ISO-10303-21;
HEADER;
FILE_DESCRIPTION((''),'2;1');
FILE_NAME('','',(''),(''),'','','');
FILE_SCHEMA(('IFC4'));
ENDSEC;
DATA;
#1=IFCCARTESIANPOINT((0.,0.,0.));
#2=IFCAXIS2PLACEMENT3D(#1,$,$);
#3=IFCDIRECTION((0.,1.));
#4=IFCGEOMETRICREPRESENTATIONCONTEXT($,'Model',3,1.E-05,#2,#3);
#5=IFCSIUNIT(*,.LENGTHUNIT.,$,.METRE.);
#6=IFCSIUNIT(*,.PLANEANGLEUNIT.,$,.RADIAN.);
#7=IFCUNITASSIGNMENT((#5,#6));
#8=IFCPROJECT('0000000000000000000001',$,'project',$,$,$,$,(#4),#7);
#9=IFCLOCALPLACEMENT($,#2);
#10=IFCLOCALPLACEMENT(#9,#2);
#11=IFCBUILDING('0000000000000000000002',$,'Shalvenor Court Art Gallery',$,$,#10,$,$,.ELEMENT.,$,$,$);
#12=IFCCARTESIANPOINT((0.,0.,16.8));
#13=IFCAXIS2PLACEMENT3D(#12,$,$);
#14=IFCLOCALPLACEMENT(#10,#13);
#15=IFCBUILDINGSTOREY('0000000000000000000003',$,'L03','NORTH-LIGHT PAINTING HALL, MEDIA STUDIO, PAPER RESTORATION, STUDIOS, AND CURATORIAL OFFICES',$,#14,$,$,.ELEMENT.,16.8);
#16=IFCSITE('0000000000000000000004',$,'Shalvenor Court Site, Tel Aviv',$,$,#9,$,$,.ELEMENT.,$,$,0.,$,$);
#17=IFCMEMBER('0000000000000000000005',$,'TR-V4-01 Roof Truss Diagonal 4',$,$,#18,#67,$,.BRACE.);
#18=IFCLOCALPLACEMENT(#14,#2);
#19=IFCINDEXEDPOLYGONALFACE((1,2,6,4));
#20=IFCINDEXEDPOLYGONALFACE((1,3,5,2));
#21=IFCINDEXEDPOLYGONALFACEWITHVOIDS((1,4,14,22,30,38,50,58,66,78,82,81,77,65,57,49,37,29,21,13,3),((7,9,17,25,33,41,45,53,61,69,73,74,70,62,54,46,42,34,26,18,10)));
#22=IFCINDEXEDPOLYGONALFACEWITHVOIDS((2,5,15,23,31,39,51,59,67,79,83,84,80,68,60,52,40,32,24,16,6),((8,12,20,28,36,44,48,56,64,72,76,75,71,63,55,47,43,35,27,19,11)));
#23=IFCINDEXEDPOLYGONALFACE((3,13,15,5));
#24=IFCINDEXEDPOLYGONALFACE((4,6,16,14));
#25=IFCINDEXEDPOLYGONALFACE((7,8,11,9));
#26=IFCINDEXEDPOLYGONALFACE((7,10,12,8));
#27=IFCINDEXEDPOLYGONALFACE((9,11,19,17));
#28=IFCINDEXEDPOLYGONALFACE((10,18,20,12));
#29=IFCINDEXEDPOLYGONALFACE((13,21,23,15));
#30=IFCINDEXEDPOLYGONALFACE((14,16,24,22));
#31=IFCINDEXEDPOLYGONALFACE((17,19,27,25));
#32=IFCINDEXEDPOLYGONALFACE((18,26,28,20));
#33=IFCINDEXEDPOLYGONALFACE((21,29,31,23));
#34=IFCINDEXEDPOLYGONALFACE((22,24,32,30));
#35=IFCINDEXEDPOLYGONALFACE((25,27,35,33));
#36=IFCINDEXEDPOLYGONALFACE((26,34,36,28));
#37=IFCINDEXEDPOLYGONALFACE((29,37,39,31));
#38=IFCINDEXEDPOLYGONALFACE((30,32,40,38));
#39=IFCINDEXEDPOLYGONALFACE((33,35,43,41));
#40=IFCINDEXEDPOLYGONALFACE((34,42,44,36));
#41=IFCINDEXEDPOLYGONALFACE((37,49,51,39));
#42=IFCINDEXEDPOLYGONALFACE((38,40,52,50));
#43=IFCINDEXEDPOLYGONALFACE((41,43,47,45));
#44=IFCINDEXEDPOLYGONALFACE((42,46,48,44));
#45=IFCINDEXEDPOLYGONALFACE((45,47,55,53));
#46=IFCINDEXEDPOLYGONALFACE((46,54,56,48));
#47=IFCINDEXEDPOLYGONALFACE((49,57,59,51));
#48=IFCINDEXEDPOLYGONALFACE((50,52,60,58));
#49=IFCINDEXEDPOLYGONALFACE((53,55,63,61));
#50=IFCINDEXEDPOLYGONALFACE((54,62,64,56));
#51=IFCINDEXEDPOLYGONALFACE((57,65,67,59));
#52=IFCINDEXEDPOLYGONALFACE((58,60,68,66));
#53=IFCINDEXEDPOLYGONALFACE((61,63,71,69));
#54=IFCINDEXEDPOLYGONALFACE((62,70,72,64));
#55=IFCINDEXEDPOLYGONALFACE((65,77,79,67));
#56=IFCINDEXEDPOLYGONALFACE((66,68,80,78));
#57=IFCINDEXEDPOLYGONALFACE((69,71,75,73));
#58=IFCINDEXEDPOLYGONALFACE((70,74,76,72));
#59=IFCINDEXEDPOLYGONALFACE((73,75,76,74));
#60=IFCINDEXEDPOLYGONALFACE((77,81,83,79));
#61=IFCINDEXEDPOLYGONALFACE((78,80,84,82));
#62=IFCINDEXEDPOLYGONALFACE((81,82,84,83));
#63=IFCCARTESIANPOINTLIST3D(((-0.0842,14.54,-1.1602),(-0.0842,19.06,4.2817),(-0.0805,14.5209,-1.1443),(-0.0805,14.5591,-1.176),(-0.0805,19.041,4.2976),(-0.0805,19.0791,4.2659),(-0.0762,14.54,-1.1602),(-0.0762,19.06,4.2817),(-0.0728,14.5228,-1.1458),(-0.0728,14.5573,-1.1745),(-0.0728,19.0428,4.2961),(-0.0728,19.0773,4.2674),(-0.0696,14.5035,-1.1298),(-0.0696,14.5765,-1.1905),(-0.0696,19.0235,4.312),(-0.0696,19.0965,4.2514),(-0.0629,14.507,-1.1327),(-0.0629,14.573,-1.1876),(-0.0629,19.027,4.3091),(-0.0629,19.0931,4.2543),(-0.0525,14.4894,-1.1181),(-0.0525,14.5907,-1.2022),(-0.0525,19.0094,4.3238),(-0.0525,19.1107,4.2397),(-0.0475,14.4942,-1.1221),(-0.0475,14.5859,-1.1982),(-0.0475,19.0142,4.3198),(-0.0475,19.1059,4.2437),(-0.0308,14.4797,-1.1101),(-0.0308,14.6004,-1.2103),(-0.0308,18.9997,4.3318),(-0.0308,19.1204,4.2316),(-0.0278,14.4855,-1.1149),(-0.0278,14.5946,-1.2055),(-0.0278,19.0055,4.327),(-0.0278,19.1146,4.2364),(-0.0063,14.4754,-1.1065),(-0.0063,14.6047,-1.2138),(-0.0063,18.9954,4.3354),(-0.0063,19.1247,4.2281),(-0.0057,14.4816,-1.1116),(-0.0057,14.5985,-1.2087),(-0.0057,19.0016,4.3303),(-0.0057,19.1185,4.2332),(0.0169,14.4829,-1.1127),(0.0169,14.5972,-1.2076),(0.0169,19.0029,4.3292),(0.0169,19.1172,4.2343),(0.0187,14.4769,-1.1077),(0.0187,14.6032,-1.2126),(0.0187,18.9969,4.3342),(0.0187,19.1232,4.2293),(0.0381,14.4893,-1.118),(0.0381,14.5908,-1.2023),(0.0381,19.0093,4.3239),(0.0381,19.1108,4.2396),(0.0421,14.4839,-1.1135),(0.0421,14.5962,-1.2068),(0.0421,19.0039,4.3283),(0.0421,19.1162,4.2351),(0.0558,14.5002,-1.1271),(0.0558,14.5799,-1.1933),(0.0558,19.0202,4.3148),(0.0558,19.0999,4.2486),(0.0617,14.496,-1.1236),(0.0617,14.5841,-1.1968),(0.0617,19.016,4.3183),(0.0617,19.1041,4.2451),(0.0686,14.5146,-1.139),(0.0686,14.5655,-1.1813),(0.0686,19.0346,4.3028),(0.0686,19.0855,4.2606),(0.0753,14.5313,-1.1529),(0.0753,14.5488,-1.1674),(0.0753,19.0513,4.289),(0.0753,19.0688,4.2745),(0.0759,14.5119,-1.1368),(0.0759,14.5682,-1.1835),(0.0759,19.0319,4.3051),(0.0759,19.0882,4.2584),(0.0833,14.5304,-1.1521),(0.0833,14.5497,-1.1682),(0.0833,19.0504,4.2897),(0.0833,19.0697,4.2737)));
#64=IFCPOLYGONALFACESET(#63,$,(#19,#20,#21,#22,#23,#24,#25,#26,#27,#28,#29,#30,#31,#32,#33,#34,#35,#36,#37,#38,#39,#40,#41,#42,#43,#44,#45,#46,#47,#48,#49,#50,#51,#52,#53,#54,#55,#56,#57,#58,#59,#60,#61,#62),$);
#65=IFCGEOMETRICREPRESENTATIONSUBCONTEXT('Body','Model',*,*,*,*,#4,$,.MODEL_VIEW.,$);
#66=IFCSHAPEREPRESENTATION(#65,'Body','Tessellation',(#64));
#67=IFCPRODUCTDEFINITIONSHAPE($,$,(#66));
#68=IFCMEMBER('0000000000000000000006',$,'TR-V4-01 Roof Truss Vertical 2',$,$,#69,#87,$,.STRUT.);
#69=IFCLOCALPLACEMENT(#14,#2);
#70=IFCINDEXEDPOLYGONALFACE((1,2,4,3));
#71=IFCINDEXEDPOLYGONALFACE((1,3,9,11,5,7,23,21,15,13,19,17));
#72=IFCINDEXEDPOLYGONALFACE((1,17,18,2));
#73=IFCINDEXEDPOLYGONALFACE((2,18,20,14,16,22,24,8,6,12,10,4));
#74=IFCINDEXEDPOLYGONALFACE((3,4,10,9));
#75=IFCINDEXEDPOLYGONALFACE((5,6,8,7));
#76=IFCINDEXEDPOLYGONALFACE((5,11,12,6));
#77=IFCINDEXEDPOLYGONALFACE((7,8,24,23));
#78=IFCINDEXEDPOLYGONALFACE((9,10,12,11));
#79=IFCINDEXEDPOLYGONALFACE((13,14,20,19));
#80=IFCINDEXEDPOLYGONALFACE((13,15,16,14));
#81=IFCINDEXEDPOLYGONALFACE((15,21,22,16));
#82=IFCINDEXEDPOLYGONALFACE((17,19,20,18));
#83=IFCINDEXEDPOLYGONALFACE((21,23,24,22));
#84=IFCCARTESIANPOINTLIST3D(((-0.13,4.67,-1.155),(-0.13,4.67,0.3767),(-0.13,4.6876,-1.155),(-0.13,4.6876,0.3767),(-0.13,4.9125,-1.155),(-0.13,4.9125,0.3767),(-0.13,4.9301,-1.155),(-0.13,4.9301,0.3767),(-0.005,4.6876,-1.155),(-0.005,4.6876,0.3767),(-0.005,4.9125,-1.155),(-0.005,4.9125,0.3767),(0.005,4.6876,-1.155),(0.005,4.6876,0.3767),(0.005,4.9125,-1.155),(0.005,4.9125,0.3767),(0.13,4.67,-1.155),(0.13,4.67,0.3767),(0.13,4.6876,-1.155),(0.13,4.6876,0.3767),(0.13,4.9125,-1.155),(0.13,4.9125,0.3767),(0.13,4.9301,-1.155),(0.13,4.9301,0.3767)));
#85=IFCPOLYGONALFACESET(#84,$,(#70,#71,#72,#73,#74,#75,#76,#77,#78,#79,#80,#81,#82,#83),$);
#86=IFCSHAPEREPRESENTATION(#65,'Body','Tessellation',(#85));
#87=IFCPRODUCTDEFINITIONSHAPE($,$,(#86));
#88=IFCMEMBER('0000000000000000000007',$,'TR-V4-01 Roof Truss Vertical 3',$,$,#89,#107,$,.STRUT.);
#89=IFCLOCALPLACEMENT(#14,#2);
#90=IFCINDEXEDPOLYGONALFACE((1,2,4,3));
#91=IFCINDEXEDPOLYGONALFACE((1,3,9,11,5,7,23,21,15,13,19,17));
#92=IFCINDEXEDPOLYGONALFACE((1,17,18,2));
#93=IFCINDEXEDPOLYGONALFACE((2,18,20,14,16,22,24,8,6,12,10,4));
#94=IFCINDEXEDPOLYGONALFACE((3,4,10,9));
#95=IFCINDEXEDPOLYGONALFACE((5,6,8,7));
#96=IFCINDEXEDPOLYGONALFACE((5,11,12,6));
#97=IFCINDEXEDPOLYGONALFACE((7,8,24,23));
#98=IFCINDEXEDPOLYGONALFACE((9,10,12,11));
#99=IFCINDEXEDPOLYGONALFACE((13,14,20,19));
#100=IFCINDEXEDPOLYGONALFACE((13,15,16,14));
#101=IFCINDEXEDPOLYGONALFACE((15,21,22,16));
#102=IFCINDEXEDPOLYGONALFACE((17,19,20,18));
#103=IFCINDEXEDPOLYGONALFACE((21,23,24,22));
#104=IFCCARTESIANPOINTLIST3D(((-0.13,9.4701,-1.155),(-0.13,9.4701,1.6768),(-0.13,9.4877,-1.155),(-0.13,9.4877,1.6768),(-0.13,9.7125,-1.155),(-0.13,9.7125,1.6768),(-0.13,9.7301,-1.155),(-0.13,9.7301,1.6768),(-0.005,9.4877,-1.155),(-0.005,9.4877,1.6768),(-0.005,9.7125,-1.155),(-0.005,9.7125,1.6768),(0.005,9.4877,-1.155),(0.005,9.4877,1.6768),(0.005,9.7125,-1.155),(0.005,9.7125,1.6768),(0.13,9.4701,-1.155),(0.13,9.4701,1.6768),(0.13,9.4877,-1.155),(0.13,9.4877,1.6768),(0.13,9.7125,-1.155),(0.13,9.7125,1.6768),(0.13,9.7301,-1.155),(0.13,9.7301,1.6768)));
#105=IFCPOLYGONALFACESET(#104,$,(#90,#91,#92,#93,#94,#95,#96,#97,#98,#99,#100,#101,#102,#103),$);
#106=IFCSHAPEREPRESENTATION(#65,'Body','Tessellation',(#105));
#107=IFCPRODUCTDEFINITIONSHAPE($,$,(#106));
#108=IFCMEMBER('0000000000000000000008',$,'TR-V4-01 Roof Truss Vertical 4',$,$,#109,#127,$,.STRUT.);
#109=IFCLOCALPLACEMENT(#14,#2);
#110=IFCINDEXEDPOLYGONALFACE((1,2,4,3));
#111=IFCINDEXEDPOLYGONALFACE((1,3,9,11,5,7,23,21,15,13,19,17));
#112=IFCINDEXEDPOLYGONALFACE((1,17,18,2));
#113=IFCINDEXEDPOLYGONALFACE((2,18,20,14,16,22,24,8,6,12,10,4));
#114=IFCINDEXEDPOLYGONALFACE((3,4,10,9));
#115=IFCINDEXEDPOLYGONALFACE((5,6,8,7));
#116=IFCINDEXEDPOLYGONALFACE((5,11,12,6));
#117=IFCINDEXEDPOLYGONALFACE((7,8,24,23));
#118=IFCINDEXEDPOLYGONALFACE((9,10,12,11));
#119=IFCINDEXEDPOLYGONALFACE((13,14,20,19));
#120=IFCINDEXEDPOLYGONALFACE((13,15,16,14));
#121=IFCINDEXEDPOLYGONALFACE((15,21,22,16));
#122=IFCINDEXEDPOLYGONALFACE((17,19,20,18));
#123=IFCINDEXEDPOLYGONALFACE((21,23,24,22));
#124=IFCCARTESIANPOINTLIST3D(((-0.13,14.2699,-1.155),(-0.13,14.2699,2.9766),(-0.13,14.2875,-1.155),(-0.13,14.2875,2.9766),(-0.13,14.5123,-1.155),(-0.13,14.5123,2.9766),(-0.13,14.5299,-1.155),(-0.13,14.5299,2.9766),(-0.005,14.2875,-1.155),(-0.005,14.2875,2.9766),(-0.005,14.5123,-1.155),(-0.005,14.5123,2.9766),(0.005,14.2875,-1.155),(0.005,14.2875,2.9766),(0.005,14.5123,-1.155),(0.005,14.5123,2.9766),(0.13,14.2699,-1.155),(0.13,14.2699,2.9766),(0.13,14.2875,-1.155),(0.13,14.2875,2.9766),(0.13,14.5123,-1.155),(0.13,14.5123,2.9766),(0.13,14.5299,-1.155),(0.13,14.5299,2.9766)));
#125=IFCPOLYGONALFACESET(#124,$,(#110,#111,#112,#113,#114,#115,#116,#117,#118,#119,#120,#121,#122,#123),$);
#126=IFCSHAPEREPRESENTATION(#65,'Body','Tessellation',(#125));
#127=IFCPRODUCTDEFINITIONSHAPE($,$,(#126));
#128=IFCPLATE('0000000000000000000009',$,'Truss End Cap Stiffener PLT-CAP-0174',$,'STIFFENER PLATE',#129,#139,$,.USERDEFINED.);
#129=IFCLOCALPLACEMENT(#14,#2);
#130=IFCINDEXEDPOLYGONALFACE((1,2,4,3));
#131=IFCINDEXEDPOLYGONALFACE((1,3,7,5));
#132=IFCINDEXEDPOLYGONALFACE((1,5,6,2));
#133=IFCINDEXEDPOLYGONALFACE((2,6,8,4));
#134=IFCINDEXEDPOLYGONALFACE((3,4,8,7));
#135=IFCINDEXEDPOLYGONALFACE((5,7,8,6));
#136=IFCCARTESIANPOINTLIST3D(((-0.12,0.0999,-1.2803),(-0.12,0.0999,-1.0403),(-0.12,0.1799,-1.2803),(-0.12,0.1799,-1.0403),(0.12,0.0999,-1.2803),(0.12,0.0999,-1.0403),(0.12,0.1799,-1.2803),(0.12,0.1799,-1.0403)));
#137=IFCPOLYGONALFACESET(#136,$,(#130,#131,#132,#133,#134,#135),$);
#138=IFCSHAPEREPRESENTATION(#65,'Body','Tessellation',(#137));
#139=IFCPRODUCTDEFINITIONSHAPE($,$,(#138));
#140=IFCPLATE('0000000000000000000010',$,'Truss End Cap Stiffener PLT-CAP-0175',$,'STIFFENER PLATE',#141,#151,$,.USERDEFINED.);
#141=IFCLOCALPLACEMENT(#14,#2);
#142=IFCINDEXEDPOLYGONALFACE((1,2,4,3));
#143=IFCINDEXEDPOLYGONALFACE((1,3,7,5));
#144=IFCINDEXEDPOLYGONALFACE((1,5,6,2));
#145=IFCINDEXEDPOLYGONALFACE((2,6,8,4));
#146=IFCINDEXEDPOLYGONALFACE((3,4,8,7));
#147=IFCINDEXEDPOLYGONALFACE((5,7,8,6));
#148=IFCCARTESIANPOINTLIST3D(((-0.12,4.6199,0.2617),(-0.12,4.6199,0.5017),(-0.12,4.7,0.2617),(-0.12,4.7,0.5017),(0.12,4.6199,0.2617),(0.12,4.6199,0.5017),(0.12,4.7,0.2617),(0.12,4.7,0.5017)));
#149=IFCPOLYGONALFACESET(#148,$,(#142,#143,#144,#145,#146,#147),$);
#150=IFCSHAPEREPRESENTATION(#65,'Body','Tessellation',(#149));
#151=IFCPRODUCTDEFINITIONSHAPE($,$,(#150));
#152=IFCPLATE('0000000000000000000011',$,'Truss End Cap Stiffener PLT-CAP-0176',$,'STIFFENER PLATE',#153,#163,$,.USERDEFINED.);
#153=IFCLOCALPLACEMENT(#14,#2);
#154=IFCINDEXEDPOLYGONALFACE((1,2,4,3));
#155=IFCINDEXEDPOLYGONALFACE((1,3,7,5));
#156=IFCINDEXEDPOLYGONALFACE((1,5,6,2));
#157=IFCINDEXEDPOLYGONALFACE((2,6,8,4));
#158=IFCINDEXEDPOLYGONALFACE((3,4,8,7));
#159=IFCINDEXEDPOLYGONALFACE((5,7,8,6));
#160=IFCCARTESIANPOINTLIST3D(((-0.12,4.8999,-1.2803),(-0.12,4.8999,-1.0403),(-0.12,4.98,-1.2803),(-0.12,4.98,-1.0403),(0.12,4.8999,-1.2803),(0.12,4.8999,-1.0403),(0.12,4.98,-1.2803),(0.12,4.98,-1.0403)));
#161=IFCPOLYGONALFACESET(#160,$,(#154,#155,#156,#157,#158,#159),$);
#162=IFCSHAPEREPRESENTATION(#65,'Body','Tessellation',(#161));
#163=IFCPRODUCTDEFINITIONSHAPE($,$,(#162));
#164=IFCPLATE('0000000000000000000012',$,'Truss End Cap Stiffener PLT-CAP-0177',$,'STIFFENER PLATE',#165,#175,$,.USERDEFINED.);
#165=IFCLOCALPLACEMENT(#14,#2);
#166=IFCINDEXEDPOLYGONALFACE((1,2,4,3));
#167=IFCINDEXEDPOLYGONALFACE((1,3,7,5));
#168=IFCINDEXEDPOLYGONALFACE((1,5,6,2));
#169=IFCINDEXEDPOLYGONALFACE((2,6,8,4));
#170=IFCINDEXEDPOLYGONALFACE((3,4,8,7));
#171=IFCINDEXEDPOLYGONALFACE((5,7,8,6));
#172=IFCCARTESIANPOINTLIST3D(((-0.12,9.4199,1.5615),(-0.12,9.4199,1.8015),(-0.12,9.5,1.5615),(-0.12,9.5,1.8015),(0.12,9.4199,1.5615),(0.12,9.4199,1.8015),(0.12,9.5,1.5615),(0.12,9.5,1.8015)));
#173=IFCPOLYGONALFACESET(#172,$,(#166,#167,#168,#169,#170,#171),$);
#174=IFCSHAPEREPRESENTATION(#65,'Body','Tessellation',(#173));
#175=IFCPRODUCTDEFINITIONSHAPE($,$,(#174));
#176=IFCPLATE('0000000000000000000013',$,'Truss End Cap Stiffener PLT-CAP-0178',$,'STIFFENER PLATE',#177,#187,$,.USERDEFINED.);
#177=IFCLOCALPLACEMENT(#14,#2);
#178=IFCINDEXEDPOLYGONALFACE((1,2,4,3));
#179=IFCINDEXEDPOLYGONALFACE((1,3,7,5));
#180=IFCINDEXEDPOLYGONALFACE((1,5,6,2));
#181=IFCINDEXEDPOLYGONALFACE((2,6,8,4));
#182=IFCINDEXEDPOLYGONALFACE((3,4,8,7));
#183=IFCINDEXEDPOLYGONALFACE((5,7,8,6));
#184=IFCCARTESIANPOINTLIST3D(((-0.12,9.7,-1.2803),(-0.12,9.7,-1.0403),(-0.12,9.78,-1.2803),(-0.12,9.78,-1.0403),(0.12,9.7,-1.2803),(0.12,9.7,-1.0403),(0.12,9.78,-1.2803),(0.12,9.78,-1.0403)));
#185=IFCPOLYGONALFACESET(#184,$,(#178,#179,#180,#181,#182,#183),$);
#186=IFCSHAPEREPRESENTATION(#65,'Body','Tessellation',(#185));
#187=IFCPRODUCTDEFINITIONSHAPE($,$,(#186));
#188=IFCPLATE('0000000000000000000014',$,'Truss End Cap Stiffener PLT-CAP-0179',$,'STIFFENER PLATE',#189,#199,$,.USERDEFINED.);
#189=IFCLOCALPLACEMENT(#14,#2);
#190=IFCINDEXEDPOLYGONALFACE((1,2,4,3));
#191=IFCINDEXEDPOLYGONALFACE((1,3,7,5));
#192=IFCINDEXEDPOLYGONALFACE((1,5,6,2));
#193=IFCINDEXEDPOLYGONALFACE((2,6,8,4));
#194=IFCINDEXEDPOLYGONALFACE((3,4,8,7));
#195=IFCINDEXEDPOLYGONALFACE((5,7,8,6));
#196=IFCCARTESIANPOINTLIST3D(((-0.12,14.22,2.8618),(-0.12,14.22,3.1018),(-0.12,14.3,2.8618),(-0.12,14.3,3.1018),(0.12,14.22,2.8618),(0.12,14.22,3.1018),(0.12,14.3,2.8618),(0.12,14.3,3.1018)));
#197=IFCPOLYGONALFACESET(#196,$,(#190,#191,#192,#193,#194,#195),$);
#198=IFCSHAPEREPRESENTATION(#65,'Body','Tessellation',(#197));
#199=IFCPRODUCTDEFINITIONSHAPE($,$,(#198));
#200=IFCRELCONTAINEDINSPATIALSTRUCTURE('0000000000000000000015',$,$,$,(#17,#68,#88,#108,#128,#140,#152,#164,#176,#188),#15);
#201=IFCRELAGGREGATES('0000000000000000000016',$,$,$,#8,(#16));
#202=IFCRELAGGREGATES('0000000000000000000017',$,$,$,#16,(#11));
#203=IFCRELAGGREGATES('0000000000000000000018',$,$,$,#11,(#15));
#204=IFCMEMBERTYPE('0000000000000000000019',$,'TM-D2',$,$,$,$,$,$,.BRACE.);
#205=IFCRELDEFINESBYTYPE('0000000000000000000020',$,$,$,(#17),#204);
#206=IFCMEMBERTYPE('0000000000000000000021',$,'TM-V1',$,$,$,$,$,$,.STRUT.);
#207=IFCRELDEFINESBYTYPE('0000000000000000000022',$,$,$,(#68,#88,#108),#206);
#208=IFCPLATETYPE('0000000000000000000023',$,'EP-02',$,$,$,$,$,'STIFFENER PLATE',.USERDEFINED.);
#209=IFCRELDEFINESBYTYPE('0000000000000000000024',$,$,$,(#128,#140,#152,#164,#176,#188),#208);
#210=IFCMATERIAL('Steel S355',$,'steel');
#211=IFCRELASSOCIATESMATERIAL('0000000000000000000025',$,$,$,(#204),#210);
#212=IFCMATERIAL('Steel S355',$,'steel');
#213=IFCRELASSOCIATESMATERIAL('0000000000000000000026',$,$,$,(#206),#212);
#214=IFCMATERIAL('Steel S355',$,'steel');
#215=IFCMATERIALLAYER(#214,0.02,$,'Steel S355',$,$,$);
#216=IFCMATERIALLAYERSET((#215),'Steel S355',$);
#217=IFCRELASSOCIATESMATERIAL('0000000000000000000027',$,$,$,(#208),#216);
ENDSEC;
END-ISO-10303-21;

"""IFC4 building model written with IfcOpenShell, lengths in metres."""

from ifc_helpers import new_model, si_unit, direction, frame, origin, origin_2d, place, context, subcontext, project, spatial, rectangle, hollow_circle, i_section, extrude, material, layer, layer_set, material_profile, profile_set, type_object, element, save


model = new_model("IFC4")

# Units and contexts
model_context = context("Model", 3, precision=1e-05, world=origin(), true_north=direction((0.0, 1.0)))
body_context = subcontext(model_context, "Body", "Model", "MODEL_VIEW")
ifc_project = project(units=[si_unit("LENGTHUNIT", "METRE"), si_unit("PLANEANGLEUNIT", "RADIAN")], contexts=[model_context])

# Site, building, storey
site_placement = place(None, origin())
site = spatial("IfcSite", under=ifc_project, at=site_placement, Name="Shalvenor Court Site, Tel Aviv", CompositionType="ELEMENT", RefElevation=0.0)
building_placement = place(site_placement, origin())
building = spatial("IfcBuilding", under=site, at=building_placement, Name="Shalvenor Court Art Gallery", CompositionType="ELEMENT")
storey_placement = place(building_placement, frame((0.0, 0.0, 16.8)))
storey = spatial("IfcBuildingStorey", under=building, at=storey_placement, Name="L03", Description="NORTH-LIGHT PAINTING HALL, MEDIA STUDIO, PAPER RESTORATION, STUDIOS, AND CURATORIAL OFFICES", CompositionType="ELEMENT", Elevation=16.8)

# Members
ifc_material_1 = material(Name="Steel S355", Category="steel")
ifc_material_profile_1 = material_profile(ifc_material_1, hollow_circle(Radius=0.0842, WallThickness=0.0081, at=origin_2d()), Name="CHS 168.3x8.0")
ifc_profile_set_1 = profile_set([ifc_material_profile_1], Name="Steel S355")
member_type_1 = type_object("IfcMemberType", Name="TM-D2", PredefinedType="BRACE", material=ifc_profile_set_1)
member_1_placement = place(storey_placement, frame((0.0, 14.54, -1.1602), z_axis=(0.0, 0.638941, 0.769256), x_axis=(-1.0, 0.0, 0.0)))
element("IfcMember", 1, at=member_1_placement, inside=storey, type_object=member_type_1, Name="TR-V4-01 Roof Truss Diagonal 4", PredefinedType="BRACE", context=body_context, shape_type="SweptSolid", body=[
    extrude(hollow_circle(Radius=0.0842, WallThickness=0.0081, at=origin_2d()), origin(), (0.0, 0.0, 1.0), 7.0742),
])
ifc_material_2 = material(Name="Steel S355", Category="steel")
ifc_material_profile_2 = material_profile(ifc_material_2, i_section(OverallWidth=0.26, OverallDepth=0.26, WebThickness=0.01, FlangeThickness=0.0176, at=origin_2d()), Name="HEB 260")
ifc_profile_set_2 = profile_set([ifc_material_profile_2], Name="Steel S355")
member_type_2 = type_object("IfcMemberType", Name="TM-V1", PredefinedType="STRUT", material=ifc_profile_set_2)
member_2_placement = place(storey_placement, frame((0.0, 4.8, -1.155), z_axis=(0.0, 0.0, 1.0), x_axis=(1.0, 0.0, 0.0)))
element("IfcMember", 2, at=member_2_placement, inside=storey, type_object=member_type_2, Name="TR-V4-01 Roof Truss Vertical 2", PredefinedType="STRUT", context=body_context, shape_type="SweptSolid", body=[
    extrude(i_section(OverallWidth=0.26, OverallDepth=0.26, WebThickness=0.01, FlangeThickness=0.0176, at=origin_2d()), origin(), (0.0, 0.0, 1.0), 1.5317),
])
member_3_placement = place(storey_placement, frame((0.0, 9.6001, -1.155), z_axis=(0.0, 0.0, 1.0), x_axis=(1.0, 0.0, 0.0)))
element("IfcMember", 3, at=member_3_placement, inside=storey, type_object=member_type_2, Name="TR-V4-01 Roof Truss Vertical 3", PredefinedType="STRUT", context=body_context, shape_type="SweptSolid", body=[
    extrude(i_section(OverallWidth=0.26, OverallDepth=0.26, WebThickness=0.01, FlangeThickness=0.0176, at=origin_2d()), origin(), (0.0, 0.0, 1.0), 2.8318),
])
member_4_placement = place(storey_placement, frame((0.0, 14.3999, -1.155), z_axis=(0.0, 0.0, 1.0), x_axis=(1.0, 0.0, 0.0)))
element("IfcMember", 4, at=member_4_placement, inside=storey, type_object=member_type_2, Name="TR-V4-01 Roof Truss Vertical 4", PredefinedType="STRUT", context=body_context, shape_type="SweptSolid", body=[
    extrude(i_section(OverallWidth=0.26, OverallDepth=0.26, WebThickness=0.01, FlangeThickness=0.0176, at=origin_2d()), origin(), (0.0, 0.0, 1.0), 4.1316),
])

# Plates
ifc_material_3 = material(Name="Steel S355", Category="steel")
ifc_layer_1 = layer(ifc_material_3, 0.02, Name="Steel S355")
ifc_layer_set_1 = layer_set([ifc_layer_1], Name="Steel S355")
plate_type_1 = type_object("IfcPlateType", Name="EP-02", ElementType="STIFFENER PLATE", PredefinedType="USERDEFINED", material=ifc_layer_set_1)
for number, where, z_axis, x_axis, name in (
    (5, (0.0, 0.1399, -1.2803), (0.0, 0.0, 1.0), (1.0, 0.0, 0.0), "Truss End Cap Stiffener PLT-CAP-0174"),
    (6, (0.0, 4.6599, 0.2617), (0.0, 0.0, 1.0), (1.0, 0.0, 0.0), "Truss End Cap Stiffener PLT-CAP-0175"),
    (7, (0.0, 4.9399, -1.2803), (0.0, 0.0, 1.0), (1.0, 0.0, 0.0), "Truss End Cap Stiffener PLT-CAP-0176"),
    (8, (0.0, 9.46, 1.5615), (0.0, 0.0, 1.0), (1.0, 0.0, 0.0), "Truss End Cap Stiffener PLT-CAP-0177"),
    (9, (0.0, 9.74, -1.2803), (0.0, 0.0, 1.0), (1.0, 0.0, 0.0), "Truss End Cap Stiffener PLT-CAP-0178"),
    (10, (0.0, 14.26, 2.8618), (0.0, 0.0, 1.0), (1.0, 0.0, 0.0), "Truss End Cap Stiffener PLT-CAP-0179"),
):
    element("IfcPlate", number, at=place(storey_placement, frame(where, z_axis=z_axis, x_axis=x_axis)), inside=storey, type_object=plate_type_1, Name=name, ObjectType="STIFFENER PLATE", PredefinedType="USERDEFINED", context=body_context, shape_type="SweptSolid", body=[
        extrude(rectangle(XDim=0.24, YDim=0.0801, at=origin_2d()), origin(), (0.0, 0.0, 1.0), 0.24),
    ])

save(model, "model.ifc")
